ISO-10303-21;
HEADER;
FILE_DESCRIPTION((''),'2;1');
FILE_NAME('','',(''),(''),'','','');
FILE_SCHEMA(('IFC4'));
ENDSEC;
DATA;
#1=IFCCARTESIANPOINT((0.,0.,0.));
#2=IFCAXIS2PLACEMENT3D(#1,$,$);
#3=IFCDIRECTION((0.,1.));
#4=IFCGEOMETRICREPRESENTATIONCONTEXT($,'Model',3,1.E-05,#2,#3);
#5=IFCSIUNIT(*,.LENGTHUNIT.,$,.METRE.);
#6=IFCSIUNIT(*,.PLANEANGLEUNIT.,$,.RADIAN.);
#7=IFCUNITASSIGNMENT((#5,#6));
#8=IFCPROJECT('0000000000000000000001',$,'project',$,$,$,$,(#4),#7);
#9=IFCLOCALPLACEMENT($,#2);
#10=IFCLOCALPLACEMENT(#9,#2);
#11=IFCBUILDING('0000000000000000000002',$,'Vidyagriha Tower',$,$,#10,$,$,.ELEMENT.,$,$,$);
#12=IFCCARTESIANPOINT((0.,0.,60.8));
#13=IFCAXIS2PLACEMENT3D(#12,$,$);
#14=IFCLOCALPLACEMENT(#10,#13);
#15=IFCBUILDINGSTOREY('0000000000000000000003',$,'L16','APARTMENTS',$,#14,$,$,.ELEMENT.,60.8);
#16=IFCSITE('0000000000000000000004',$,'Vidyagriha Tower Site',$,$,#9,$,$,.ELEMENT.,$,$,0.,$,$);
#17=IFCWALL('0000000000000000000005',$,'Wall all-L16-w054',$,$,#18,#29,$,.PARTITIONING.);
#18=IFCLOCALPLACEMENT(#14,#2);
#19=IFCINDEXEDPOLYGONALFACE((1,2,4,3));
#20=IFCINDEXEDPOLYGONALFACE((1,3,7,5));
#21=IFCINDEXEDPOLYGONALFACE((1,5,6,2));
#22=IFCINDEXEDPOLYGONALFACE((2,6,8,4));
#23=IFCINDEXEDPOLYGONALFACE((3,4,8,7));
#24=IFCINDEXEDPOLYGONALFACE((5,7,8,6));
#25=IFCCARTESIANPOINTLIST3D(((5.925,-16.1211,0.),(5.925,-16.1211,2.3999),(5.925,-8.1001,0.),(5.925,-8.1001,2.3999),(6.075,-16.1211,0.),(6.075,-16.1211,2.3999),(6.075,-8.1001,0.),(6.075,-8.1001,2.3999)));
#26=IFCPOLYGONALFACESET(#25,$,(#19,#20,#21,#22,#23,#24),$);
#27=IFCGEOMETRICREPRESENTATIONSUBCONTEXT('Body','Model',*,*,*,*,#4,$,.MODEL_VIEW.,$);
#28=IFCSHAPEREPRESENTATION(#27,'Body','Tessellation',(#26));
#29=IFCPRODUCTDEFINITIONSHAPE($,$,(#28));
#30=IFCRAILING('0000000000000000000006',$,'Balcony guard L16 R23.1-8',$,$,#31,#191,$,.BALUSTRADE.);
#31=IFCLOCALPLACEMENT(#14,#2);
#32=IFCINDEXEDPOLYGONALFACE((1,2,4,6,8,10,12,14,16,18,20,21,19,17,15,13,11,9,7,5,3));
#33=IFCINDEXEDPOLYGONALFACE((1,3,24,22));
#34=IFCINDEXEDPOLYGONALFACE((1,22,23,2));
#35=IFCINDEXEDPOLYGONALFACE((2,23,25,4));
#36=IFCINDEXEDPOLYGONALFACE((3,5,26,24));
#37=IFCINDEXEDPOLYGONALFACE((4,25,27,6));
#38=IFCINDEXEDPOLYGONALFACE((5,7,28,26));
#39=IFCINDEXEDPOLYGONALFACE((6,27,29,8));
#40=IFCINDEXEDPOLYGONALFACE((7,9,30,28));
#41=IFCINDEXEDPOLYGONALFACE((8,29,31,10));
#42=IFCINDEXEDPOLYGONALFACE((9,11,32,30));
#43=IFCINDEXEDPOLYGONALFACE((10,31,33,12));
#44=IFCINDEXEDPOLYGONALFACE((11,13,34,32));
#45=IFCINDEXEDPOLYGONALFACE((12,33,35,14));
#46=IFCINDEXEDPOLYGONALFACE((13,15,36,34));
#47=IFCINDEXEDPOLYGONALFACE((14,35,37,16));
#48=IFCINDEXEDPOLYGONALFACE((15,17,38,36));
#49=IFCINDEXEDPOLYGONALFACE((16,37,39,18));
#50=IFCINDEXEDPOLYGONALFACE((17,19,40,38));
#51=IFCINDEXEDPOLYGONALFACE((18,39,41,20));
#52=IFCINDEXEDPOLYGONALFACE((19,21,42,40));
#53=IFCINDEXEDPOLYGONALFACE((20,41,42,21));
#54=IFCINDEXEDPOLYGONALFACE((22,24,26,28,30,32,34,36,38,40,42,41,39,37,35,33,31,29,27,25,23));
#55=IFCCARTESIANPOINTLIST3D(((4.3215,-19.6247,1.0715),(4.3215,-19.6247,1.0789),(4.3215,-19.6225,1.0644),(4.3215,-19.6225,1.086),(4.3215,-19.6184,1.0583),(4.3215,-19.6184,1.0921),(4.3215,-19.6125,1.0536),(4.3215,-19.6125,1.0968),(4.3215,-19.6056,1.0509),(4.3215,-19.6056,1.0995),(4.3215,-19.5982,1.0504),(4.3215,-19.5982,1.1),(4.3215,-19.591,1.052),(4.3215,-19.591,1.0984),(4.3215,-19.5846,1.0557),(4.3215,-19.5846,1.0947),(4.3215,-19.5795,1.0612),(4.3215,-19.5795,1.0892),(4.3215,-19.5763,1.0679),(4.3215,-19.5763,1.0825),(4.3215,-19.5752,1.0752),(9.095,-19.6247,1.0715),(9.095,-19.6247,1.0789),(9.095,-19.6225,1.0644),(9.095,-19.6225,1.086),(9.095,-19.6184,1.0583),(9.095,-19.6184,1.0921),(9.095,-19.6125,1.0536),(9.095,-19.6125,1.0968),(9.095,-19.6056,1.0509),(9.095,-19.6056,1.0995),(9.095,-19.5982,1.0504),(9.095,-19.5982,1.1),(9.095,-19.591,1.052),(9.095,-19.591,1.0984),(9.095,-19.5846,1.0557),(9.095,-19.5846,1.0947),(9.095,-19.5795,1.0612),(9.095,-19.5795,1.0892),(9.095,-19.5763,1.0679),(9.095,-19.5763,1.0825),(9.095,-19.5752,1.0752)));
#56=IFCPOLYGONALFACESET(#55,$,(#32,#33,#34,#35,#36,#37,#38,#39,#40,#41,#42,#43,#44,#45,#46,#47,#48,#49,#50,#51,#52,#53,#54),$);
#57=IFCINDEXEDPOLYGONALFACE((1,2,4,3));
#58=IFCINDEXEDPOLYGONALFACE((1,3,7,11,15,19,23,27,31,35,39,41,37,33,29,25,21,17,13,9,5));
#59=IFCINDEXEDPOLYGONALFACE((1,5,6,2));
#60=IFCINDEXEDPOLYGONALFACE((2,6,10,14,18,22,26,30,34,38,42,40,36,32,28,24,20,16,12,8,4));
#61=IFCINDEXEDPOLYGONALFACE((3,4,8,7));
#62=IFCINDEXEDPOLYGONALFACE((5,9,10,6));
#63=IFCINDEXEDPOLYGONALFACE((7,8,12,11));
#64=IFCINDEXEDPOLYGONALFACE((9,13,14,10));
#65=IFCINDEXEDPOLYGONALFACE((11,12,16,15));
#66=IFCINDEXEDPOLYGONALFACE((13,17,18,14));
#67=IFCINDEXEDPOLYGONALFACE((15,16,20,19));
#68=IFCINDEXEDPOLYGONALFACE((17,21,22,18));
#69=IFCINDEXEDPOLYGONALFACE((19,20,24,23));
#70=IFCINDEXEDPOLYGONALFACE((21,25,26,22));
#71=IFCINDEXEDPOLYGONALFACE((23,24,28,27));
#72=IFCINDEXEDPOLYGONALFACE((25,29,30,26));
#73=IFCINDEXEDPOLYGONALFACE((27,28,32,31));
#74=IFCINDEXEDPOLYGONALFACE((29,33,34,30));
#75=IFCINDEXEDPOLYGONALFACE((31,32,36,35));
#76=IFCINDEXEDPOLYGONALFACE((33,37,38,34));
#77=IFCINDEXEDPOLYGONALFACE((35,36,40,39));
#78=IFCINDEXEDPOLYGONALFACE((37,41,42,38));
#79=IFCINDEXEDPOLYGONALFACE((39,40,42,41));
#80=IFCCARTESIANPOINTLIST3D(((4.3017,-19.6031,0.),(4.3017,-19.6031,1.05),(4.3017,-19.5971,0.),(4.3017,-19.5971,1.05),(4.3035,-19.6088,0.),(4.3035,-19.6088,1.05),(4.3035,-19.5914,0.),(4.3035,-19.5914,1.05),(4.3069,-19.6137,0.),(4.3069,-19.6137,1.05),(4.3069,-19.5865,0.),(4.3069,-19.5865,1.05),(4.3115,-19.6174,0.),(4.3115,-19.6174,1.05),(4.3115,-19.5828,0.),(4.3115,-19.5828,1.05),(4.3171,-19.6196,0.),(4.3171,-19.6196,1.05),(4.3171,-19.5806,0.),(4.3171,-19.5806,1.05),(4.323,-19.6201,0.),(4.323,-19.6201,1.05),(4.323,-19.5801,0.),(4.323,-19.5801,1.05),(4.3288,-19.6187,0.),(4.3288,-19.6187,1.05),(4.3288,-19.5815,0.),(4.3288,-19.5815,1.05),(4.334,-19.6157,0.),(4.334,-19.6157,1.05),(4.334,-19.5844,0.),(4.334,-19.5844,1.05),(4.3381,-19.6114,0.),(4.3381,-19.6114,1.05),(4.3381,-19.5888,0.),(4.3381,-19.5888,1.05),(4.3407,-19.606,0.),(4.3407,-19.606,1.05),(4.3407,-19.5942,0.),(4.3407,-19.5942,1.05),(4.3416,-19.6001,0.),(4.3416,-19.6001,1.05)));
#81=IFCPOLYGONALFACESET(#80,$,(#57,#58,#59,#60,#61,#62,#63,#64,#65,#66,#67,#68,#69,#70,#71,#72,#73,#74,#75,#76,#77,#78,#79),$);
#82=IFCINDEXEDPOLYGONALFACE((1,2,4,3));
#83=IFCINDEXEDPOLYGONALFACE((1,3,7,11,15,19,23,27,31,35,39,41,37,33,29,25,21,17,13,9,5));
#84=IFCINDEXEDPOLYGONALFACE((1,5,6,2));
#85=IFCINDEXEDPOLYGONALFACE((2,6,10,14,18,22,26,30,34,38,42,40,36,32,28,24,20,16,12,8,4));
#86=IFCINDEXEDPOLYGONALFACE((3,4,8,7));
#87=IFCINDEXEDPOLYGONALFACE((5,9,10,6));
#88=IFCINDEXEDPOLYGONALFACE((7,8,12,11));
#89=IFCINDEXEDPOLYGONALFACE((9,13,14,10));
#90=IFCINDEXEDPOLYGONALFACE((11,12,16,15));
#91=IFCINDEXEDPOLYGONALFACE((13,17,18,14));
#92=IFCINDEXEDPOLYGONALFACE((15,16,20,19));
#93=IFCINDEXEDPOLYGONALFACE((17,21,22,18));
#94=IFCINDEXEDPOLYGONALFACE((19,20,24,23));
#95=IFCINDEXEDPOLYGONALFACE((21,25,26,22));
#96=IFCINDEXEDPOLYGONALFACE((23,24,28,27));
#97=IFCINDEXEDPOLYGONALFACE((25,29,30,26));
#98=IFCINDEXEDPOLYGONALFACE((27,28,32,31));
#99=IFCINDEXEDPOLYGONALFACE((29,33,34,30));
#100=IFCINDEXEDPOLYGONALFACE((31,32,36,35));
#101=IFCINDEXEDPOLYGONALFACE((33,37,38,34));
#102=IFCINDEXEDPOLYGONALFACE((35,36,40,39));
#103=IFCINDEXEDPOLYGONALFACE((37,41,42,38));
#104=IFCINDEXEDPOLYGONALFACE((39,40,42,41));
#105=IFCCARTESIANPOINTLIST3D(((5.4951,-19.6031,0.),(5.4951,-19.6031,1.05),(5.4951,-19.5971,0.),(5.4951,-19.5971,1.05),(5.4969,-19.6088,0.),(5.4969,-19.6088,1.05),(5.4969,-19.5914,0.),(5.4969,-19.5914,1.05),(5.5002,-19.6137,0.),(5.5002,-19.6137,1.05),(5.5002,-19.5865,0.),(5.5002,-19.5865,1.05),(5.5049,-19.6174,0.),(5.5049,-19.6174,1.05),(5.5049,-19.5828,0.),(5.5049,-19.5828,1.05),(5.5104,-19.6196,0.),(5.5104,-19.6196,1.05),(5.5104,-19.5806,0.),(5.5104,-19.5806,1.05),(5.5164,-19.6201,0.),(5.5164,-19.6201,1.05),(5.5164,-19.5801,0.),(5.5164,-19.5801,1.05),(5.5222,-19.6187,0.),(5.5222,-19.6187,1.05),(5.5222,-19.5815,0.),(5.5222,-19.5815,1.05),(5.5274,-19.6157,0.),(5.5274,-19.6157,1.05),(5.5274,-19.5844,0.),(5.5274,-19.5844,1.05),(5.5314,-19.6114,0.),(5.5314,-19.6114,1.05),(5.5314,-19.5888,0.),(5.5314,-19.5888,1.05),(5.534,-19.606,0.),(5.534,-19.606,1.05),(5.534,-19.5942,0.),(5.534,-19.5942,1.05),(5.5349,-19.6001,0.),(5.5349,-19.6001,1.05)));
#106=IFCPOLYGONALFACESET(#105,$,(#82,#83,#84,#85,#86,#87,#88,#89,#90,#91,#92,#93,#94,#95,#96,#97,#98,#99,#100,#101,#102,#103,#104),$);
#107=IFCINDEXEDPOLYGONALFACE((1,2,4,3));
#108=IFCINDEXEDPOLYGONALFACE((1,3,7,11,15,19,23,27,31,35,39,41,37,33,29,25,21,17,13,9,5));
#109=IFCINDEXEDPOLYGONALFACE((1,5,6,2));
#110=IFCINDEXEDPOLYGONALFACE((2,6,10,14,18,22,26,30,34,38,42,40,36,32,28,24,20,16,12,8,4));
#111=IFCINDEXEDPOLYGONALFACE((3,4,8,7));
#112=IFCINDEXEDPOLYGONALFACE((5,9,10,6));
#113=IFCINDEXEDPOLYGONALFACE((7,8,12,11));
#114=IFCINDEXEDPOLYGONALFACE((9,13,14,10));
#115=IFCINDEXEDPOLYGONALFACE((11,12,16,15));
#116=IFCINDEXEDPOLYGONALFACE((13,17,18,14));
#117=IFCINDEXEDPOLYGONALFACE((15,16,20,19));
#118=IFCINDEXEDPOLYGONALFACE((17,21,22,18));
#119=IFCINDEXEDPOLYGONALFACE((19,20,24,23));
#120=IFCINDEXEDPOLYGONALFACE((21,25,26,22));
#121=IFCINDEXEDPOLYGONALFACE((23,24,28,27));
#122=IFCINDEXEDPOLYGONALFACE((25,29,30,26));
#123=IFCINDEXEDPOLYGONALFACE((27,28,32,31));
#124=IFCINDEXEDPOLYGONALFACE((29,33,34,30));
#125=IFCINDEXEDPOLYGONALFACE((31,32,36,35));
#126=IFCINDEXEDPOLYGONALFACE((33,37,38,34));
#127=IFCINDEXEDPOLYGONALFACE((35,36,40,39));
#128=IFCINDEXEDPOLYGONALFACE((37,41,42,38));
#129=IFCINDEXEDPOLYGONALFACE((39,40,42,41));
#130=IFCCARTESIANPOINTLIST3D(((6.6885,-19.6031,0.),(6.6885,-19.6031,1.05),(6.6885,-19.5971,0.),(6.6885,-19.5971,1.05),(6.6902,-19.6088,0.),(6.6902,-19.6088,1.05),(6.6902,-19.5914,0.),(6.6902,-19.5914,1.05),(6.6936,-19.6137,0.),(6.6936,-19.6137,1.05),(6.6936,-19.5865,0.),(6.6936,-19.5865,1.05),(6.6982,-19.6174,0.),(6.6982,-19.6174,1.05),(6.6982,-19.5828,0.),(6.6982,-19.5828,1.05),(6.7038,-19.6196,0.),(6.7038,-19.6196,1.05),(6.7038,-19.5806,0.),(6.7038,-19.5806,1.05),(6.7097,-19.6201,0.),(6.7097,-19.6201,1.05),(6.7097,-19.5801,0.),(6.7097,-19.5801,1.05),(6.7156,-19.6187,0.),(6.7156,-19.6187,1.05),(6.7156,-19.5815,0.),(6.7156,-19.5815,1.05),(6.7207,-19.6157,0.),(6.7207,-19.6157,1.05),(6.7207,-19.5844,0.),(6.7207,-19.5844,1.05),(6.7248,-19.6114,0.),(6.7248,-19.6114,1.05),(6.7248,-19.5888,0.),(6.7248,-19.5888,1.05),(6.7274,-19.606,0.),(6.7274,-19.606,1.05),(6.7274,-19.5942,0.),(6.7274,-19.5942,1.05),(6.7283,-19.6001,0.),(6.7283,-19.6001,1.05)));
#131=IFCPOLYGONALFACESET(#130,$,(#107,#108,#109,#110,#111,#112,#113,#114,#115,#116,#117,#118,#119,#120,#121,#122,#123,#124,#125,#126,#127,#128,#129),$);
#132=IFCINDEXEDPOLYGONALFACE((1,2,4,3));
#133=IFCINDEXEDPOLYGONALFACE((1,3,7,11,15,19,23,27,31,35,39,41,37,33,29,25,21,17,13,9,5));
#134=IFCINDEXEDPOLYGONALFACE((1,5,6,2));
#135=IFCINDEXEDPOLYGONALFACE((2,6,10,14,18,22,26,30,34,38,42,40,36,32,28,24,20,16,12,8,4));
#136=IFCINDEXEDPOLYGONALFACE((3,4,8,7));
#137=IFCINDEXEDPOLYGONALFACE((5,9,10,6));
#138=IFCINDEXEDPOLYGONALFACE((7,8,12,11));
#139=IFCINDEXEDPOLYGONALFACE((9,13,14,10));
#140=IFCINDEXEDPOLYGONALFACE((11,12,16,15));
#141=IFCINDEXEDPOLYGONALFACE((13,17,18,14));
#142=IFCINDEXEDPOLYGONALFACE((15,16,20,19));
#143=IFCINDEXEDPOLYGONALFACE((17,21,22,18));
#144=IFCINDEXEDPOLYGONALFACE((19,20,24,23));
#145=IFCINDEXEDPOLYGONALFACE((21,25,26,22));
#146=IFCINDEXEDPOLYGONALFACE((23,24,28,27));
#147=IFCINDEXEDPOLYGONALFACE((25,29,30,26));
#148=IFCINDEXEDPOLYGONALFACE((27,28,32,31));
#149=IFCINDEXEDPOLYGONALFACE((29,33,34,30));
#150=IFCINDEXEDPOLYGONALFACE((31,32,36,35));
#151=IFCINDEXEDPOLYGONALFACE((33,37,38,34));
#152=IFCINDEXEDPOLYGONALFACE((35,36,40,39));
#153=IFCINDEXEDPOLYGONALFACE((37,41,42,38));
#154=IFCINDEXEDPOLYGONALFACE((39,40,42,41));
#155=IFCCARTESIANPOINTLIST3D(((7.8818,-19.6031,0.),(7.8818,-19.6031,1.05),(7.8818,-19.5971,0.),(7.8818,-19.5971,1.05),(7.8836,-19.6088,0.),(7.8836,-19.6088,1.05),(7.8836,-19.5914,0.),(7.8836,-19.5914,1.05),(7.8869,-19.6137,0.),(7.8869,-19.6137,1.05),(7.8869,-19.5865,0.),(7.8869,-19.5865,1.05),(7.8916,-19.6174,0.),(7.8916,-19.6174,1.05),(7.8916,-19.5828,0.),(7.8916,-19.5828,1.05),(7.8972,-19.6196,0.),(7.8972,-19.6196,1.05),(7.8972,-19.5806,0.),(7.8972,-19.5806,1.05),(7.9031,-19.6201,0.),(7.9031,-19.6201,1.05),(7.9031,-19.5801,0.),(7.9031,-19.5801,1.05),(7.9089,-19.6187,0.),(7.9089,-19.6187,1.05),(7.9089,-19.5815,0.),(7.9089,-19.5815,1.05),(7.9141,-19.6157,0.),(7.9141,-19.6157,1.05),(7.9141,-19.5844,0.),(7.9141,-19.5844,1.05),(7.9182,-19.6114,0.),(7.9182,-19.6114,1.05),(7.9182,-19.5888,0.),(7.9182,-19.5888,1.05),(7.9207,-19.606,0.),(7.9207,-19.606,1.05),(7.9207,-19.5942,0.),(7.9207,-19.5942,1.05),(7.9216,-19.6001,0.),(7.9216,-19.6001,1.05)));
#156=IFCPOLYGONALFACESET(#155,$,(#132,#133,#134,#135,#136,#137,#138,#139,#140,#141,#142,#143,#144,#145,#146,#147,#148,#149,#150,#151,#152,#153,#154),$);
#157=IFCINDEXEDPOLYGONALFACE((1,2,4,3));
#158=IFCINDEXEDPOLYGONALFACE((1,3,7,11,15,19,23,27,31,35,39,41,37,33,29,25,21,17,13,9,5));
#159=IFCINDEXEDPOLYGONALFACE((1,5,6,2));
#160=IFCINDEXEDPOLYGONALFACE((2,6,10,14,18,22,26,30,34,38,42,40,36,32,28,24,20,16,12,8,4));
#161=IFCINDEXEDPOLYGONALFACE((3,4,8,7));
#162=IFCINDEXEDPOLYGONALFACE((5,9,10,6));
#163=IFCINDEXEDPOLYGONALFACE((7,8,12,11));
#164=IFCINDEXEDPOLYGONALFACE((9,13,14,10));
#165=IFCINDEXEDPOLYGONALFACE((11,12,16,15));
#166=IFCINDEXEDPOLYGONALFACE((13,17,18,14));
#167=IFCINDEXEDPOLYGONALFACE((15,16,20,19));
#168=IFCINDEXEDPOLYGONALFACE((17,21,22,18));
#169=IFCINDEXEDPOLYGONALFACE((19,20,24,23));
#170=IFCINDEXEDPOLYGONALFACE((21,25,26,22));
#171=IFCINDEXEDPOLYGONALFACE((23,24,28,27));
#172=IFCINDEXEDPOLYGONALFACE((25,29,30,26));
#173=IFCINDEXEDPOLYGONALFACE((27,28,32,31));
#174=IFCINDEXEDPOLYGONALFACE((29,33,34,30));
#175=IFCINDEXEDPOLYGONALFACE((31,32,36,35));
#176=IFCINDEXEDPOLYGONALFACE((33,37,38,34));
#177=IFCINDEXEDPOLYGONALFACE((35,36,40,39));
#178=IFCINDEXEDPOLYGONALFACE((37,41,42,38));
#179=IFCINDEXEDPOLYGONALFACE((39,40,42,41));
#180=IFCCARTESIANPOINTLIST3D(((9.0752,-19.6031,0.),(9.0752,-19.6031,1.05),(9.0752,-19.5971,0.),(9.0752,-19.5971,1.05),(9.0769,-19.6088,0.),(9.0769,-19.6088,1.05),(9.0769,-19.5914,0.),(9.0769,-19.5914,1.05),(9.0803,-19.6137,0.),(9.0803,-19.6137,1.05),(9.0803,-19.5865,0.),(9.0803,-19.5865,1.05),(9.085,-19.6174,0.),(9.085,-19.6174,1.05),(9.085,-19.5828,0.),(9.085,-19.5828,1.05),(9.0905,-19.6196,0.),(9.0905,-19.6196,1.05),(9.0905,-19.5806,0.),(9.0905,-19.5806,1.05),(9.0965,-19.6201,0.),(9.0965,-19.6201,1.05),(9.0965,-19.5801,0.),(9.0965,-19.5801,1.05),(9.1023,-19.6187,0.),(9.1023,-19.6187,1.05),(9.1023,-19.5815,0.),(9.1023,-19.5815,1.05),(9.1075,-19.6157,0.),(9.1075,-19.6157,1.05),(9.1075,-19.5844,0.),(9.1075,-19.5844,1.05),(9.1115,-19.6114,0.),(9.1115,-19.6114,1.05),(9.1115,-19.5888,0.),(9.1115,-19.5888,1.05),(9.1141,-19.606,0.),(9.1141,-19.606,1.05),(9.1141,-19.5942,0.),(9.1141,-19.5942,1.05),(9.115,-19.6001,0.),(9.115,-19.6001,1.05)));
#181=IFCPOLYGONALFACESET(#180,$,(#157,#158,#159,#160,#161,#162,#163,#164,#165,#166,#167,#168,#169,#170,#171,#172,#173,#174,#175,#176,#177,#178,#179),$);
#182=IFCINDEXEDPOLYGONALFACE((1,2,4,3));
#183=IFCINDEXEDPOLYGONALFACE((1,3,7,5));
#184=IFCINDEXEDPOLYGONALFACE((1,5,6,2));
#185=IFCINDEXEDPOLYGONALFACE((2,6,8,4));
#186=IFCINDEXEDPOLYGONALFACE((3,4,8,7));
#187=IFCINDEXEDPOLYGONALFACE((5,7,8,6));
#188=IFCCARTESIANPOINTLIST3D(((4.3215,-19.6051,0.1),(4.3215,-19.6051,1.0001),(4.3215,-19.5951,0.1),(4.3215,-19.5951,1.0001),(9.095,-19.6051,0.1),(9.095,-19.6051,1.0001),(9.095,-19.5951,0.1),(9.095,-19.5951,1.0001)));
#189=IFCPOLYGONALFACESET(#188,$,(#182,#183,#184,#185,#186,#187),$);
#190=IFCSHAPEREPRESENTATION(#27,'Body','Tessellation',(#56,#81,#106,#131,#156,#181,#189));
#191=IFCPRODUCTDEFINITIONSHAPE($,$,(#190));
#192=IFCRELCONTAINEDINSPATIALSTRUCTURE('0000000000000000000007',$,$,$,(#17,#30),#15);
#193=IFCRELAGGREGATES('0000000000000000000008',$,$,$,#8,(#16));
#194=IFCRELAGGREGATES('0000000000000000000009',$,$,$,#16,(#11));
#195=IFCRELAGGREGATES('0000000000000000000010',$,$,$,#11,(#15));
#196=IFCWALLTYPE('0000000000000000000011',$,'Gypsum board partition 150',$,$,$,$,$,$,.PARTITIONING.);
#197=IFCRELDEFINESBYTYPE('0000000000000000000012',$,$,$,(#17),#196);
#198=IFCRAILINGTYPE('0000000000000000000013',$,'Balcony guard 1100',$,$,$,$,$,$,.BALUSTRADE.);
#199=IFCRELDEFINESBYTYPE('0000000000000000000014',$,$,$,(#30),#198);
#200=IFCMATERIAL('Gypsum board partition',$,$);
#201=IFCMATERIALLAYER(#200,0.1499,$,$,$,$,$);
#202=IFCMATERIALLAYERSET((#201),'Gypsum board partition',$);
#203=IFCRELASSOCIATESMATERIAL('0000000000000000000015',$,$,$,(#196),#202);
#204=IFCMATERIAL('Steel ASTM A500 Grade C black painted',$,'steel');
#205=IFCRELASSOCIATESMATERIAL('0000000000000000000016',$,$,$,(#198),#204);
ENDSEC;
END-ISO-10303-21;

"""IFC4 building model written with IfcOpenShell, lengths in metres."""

from ifc_helpers import new_model, si_unit, direction, frame, frame_2d, origin, origin_2d, place, context, subcontext, project, spatial, rectangle, circle, extrude, material, layer, layer_set, type_object, element, save


model = new_model("IFC4")

# Units and contexts
model_context = context("Model", 3, precision=1e-05, world=origin(), true_north=direction((0.0, 1.0)))
body_context = subcontext(model_context, "Body", "Model", "MODEL_VIEW")
ifc_project = project(units=[si_unit("LENGTHUNIT", "METRE"), si_unit("PLANEANGLEUNIT", "RADIAN")], contexts=[model_context])

# Site, building, storey
site_placement = place(None, origin())
site = spatial("IfcSite", under=ifc_project, at=site_placement, Name="Vidyagriha Tower Site", CompositionType="ELEMENT", RefElevation=0.0)
building_placement = place(site_placement, origin())
building = spatial("IfcBuilding", under=site, at=building_placement, Name="Vidyagriha Tower", CompositionType="ELEMENT")
storey_placement = place(building_placement, frame((0.0, 0.0, 60.8)))
storey = spatial("IfcBuildingStorey", under=building, at=storey_placement, Name="L16", Description="APARTMENTS", CompositionType="ELEMENT", Elevation=60.8)

# Shared definitions
ifc_material_1 = material(Name="Gypsum board partition")
ifc_layer_1 = layer(ifc_material_1, 0.1499)
ifc_layer_set_1 = layer_set([ifc_layer_1], Name="Gypsum board partition")
wall_type_1 = type_object("IfcWallType", Name="Gypsum board partition 150", PredefinedType="PARTITIONING", material=ifc_layer_set_1)

# Wall
wall_1_placement = place(storey_placement, frame((6.0, -8.1001, 0.0), z_axis=(0.0, 0.0, 1.0), x_axis=(0.0, -1.0, 0.0)))
element("IfcWall", 1, at=wall_1_placement, inside=storey, type_object=wall_type_1, Name="Wall all-L16-w054", PredefinedType="PARTITIONING", context=body_context, shape_type="SweptSolid", body=[
    extrude(rectangle(XDim=8.021, YDim=0.1499, at=frame_2d((4.0105, 0.0))), origin(), (0.0, 0.0, 1.0), 2.3999),
])

# Railing
ifc_material_2 = material(Name="Steel ASTM A500 Grade C black painted", Category="steel")
railing_type = type_object("IfcRailingType", Name="Balcony guard 1100", PredefinedType="BALUSTRADE", material=ifc_material_2)
railing_1_placement = place(storey_placement, frame((4.3215, -19.6001, 0.0)))
element("IfcRailing", 2, at=railing_1_placement, inside=storey, type_object=railing_type, Name="Balcony guard L16 R23.1-8", PredefinedType="BALUSTRADE", context=body_context, shape_type="SweptSolid", body=[
    extrude(circle(Radius=0.0249, at=origin_2d()), frame((0.0, 0.0, 1.0752), z_axis=(1.0, 0.0, 0.0), x_axis=(0.0, 1.0, 0.0)), (0.0, 0.0, 1.0), 4.7734),
    extrude(circle(Radius=0.02, at=origin_2d()), origin(), (0.0, 0.0, 1.0), 1.05),
    extrude(circle(Radius=0.02, at=origin_2d()), frame((1.1934, 0.0, 0.0)), (0.0, 0.0, 1.0), 1.05),
    extrude(circle(Radius=0.02, at=origin_2d()), frame((2.3867, 0.0, 0.0)), (0.0, 0.0, 1.0), 1.05),
    extrude(circle(Radius=0.02, at=origin_2d()), frame((3.5801, 0.0, 0.0)), (0.0, 0.0, 1.0), 1.05),
    extrude(circle(Radius=0.02, at=origin_2d()), frame((4.7734, 0.0, 0.0)), (0.0, 0.0, 1.0), 1.05),
    extrude(rectangle(XDim=0.01, YDim=0.9001, at=origin_2d()), frame((0.0, 0.0, 0.55), z_axis=(1.0, 0.0, 0.0), x_axis=(0.0, 1.0, 0.0)), (0.0, 0.0, 1.0), 4.7734),
])

save(model, "model.ifc")
